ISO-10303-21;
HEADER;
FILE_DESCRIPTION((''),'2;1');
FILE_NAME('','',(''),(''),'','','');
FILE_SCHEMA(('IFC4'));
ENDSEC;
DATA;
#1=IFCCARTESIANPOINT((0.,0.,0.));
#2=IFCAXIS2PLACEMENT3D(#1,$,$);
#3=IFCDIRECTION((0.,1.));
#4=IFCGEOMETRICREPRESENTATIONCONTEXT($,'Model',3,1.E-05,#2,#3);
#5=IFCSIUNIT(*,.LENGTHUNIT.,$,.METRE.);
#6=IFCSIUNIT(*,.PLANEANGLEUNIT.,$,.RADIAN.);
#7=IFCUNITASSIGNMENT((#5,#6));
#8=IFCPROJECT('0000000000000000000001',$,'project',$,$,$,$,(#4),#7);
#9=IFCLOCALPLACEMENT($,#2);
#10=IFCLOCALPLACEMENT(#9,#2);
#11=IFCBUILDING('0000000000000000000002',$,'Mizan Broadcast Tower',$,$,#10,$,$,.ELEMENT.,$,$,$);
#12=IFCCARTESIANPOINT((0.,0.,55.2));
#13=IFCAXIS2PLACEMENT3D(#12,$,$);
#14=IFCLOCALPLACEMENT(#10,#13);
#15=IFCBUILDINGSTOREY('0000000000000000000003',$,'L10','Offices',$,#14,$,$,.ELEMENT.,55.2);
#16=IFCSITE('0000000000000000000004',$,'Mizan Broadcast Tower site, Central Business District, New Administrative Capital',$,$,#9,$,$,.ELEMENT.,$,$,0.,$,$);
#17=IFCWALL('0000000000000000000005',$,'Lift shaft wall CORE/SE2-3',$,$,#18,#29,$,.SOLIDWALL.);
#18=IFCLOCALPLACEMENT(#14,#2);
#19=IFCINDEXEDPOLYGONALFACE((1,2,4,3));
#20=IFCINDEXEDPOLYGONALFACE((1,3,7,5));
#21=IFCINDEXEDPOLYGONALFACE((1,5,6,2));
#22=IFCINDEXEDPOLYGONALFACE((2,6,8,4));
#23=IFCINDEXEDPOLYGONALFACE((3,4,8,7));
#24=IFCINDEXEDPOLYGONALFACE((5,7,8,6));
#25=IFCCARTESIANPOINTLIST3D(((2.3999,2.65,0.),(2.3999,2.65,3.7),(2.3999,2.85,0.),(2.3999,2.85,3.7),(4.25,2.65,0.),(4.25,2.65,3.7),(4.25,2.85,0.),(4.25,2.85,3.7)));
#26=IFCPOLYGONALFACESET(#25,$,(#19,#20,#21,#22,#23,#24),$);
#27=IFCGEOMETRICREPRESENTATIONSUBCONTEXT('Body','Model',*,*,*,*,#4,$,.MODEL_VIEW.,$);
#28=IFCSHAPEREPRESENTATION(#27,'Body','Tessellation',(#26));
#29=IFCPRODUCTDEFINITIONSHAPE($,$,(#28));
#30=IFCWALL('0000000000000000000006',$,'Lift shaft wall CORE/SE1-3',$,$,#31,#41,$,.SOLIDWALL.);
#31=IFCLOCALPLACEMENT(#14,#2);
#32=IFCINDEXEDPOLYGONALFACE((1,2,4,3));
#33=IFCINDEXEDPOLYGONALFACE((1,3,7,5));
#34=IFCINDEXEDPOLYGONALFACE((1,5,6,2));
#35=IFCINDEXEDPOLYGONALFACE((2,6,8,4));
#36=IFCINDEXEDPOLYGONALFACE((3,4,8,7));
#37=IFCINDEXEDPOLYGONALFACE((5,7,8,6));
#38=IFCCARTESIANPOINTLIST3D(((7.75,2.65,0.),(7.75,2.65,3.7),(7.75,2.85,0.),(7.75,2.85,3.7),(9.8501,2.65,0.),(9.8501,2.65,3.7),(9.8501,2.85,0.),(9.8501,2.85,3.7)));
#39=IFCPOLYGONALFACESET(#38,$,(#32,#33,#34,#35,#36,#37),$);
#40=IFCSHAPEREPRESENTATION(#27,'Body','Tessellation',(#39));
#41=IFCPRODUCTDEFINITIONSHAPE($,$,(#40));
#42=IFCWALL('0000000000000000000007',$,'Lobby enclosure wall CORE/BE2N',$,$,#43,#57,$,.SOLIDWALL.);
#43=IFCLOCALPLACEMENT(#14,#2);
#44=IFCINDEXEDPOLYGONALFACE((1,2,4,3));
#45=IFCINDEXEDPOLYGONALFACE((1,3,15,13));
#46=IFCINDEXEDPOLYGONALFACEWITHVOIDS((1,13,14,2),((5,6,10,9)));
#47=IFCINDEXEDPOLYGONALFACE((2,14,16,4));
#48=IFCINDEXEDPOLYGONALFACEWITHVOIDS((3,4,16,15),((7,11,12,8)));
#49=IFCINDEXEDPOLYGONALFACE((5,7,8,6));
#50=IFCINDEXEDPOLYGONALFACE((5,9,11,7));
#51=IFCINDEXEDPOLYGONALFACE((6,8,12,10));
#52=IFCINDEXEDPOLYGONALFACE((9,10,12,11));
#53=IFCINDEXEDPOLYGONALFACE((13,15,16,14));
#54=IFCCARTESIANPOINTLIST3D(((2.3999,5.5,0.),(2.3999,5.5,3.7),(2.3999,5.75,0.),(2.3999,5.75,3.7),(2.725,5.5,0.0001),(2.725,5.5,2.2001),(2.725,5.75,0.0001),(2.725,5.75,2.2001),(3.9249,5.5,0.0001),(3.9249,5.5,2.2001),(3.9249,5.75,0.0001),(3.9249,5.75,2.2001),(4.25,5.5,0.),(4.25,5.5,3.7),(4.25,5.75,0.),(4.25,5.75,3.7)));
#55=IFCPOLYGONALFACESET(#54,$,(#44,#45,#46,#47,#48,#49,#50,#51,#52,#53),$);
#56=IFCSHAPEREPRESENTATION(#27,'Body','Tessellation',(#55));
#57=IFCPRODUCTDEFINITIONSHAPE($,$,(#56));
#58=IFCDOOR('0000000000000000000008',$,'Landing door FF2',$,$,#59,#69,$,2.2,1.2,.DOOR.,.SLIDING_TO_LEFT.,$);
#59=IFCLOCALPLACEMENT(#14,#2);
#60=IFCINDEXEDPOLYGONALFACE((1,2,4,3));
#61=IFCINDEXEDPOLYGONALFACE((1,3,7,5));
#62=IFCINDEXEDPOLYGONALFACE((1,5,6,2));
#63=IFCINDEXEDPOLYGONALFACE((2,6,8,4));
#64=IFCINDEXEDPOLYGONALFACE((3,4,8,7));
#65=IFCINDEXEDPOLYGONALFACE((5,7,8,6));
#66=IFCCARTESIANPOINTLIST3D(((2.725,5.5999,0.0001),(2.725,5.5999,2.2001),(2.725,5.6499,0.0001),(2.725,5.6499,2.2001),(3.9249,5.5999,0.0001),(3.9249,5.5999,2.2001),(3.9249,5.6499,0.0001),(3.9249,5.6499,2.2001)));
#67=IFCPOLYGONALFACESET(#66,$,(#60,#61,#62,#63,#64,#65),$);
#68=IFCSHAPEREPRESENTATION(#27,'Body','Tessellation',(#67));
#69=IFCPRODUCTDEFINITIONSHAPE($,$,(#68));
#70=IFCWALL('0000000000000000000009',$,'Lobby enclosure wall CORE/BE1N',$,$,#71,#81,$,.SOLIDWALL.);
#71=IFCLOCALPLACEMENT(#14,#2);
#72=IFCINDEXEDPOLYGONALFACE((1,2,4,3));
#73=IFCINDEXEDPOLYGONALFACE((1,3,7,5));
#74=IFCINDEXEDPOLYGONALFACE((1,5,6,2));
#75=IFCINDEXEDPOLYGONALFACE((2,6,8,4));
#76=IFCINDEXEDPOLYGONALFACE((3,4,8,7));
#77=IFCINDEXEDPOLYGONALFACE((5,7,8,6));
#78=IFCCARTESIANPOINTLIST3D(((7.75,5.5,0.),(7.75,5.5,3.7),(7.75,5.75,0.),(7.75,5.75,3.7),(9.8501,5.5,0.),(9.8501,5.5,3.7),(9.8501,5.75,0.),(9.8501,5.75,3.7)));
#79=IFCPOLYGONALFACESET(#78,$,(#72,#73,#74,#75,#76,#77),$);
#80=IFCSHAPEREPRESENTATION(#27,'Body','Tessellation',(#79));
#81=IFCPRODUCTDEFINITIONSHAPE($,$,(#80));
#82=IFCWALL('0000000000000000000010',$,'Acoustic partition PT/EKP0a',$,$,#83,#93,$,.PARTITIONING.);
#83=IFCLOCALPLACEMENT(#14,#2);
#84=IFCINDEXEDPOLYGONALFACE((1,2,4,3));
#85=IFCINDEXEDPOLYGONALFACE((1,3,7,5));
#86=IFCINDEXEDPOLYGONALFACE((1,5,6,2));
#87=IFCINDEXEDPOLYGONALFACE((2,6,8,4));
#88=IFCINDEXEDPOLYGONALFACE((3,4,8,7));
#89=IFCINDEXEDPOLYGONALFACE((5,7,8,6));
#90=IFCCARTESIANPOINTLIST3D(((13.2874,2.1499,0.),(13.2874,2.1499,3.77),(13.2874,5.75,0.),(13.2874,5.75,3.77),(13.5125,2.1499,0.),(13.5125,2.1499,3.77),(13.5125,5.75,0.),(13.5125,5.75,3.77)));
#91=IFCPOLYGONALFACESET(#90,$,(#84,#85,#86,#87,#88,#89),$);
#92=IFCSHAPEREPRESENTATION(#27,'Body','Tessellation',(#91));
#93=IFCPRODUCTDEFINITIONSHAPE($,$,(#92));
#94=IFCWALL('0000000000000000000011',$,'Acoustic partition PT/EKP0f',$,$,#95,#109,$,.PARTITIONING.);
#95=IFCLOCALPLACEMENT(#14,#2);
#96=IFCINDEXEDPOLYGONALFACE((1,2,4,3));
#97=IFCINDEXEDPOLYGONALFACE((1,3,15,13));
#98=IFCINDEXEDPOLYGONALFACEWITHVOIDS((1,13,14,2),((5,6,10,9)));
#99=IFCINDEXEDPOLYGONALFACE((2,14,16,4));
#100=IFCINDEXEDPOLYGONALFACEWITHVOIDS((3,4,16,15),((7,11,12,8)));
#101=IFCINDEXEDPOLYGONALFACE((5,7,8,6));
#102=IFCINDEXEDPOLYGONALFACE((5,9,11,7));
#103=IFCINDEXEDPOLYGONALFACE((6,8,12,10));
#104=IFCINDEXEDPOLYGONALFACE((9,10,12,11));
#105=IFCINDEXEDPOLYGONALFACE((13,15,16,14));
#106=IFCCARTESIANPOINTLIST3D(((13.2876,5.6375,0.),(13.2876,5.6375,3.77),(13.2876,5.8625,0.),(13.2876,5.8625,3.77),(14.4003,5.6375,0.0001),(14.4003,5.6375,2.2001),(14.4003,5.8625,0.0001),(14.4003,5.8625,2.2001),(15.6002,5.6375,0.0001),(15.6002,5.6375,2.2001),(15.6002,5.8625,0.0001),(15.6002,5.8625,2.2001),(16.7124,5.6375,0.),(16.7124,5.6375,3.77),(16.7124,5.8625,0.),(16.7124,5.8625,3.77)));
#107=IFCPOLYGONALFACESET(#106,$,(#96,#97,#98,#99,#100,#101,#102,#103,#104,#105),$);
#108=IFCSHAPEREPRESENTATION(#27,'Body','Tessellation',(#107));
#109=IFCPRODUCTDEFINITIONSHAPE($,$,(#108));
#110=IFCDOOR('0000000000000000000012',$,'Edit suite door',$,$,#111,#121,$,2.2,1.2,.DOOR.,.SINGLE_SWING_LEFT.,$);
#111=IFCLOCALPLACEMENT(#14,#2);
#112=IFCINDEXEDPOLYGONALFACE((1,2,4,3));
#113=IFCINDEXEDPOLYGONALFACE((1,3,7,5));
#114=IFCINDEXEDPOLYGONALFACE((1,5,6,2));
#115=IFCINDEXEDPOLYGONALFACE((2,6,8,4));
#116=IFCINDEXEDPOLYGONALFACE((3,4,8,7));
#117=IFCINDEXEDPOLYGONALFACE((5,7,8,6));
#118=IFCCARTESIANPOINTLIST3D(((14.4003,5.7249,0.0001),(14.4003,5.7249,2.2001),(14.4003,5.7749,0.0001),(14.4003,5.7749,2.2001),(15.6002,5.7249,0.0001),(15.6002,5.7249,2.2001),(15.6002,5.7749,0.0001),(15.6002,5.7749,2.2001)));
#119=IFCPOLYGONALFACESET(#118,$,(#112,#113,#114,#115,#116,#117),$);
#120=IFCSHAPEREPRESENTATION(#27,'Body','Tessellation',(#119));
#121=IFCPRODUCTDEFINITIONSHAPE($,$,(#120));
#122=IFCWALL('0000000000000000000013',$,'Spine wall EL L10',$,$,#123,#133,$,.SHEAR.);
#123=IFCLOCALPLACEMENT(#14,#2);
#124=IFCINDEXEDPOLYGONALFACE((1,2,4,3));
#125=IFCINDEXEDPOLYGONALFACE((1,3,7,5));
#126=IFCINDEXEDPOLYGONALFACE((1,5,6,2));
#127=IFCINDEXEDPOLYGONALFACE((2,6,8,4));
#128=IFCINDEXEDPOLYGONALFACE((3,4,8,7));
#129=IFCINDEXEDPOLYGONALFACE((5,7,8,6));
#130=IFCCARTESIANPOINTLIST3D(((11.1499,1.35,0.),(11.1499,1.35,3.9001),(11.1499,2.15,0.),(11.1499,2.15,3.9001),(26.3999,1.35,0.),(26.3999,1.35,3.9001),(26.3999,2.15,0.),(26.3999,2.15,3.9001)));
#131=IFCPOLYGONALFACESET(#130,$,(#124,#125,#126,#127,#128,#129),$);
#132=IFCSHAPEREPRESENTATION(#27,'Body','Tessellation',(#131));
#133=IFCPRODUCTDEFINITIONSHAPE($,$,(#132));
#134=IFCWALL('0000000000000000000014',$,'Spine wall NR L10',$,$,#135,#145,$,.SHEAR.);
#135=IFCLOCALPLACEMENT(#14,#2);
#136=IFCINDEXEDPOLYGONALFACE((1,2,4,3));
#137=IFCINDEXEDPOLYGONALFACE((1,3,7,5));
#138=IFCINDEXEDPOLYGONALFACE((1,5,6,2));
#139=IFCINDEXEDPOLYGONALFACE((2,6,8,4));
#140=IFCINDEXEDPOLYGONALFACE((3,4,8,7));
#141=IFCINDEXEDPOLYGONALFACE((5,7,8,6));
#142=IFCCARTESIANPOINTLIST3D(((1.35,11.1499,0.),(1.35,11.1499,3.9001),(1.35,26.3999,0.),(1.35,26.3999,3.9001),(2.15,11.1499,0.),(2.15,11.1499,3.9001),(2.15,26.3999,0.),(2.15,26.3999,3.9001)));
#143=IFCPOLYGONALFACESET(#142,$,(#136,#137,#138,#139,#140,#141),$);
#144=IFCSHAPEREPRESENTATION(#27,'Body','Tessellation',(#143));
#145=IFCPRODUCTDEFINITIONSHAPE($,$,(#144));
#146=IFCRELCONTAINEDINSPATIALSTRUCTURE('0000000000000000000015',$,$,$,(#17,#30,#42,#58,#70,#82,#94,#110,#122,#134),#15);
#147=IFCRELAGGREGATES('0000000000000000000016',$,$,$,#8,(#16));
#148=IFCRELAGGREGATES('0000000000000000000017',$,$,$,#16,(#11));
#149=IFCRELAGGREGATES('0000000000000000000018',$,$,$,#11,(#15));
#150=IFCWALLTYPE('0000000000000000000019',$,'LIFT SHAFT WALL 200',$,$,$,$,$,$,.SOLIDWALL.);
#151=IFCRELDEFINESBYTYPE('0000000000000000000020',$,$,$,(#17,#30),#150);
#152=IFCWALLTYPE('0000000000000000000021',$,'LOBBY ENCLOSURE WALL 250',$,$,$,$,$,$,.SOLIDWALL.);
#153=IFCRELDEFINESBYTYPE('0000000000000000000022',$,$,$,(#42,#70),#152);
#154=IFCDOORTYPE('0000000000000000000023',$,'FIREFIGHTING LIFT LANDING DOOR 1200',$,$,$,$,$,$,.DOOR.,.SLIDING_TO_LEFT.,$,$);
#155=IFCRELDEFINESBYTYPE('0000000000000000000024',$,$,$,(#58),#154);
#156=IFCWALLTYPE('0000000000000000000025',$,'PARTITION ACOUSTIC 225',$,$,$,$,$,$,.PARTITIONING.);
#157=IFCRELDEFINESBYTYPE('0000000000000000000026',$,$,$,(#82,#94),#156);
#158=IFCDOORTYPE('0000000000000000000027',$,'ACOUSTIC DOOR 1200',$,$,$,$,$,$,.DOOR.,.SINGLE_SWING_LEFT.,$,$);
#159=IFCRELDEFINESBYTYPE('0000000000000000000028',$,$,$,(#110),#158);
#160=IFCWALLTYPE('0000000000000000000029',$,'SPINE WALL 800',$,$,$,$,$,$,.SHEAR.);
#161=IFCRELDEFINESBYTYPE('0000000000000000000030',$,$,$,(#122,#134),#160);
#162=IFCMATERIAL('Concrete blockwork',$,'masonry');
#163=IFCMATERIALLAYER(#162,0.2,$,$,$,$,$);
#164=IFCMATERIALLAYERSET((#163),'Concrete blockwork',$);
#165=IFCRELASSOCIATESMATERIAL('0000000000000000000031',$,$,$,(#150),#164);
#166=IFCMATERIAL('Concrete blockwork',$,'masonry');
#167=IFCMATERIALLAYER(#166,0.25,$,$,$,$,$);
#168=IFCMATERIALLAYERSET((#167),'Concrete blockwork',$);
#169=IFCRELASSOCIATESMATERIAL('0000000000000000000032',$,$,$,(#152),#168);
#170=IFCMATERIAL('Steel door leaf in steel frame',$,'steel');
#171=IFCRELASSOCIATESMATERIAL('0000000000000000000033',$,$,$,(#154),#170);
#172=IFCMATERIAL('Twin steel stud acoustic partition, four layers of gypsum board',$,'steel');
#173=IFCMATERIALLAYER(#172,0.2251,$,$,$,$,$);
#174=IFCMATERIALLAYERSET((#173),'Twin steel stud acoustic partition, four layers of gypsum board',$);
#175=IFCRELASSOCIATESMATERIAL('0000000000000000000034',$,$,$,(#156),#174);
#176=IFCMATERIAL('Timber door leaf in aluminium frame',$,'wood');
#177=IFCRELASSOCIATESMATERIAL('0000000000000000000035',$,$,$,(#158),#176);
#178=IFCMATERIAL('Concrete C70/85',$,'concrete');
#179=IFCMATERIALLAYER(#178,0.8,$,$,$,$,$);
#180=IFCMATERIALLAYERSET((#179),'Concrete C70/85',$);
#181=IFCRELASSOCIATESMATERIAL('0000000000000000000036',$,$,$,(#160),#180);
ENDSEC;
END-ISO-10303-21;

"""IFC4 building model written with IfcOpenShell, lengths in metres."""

from ifc_helpers import new_model, si_unit, direction, frame, frame_2d, origin, place, context, subcontext, project, spatial, rectangle, extrude, material, layer, layer_set, type_object, element, fill, save


model = new_model("IFC4")

# Units and contexts
model_context = context("Model", 3, precision=1e-05, world=origin(), true_north=direction((0.0, 1.0)))
body_context = subcontext(model_context, "Body", "Model", "MODEL_VIEW")
ifc_project = project(units=[si_unit("LENGTHUNIT", "METRE"), si_unit("PLANEANGLEUNIT", "RADIAN")], contexts=[model_context])

# Site, building, storey
site_placement = place(None, origin())
site = spatial("IfcSite", under=ifc_project, at=site_placement, Name="Mizan Broadcast Tower site, Central Business District, New Administrative Capital", CompositionType="ELEMENT", RefElevation=0.0)
building_placement = place(site_placement, origin())
building = spatial("IfcBuilding", under=site, at=building_placement, Name="Mizan Broadcast Tower", CompositionType="ELEMENT")
storey_placement = place(building_placement, frame((0.0, 0.0, 55.2)))
storey = spatial("IfcBuildingStorey", under=building, at=storey_placement, Name="L10", Description="Offices", CompositionType="ELEMENT", Elevation=55.2)

# Walls
ifc_material_1 = material(Name="Concrete blockwork", Category="masonry")
ifc_layer_1 = layer(ifc_material_1, 0.2)
ifc_layer_set_1 = layer_set([ifc_layer_1], Name="Concrete blockwork")
wall_type_1 = type_object("IfcWallType", Name="LIFT SHAFT WALL 200", PredefinedType="SOLIDWALL", material=ifc_layer_set_1)
wall_1_placement = place(storey_placement, frame((2.3999, 2.75, 0.0), z_axis=(0.0, 0.0, 1.0), x_axis=(1.0, 0.0, 0.0)))
element("IfcWall", 1, at=wall_1_placement, inside=storey, type_object=wall_type_1, Name="Lift shaft wall CORE/SE2-3", PredefinedType="SOLIDWALL", context=body_context, shape_type="SweptSolid", body=[
    extrude(rectangle(XDim=1.8501, YDim=0.2, at=frame_2d((0.925, 0.0))), origin(), (0.0, 0.0, 1.0), 3.7),
])
wall_2_placement = place(storey_placement, frame((7.75, 2.75, 0.0), z_axis=(0.0, 0.0, 1.0), x_axis=(1.0, 0.0, 0.0)))
element("IfcWall", 2, at=wall_2_placement, inside=storey, type_object=wall_type_1, Name="Lift shaft wall CORE/SE1-3", PredefinedType="SOLIDWALL", context=body_context, shape_type="SweptSolid", body=[
    extrude(rectangle(XDim=2.1001, YDim=0.2, at=frame_2d((1.05, 0.0))), origin(), (0.0, 0.0, 1.0), 3.7),
])

# Wall, opening, door
ifc_material_2 = material(Name="Concrete blockwork", Category="masonry")
ifc_layer_2 = layer(ifc_material_2, 0.25)
ifc_layer_set_2 = layer_set([ifc_layer_2], Name="Concrete blockwork")
wall_type_2 = type_object("IfcWallType", Name="LOBBY ENCLOSURE WALL 250", PredefinedType="SOLIDWALL", material=ifc_layer_set_2)
wall_3_placement = place(storey_placement, frame((2.3999, 5.625, 0.0), z_axis=(0.0, 0.0, 1.0), x_axis=(1.0, 0.0, 0.0)))
wall_3 = element("IfcWall", 3, at=wall_3_placement, inside=storey, type_object=wall_type_2, Name="Lobby enclosure wall CORE/BE2N", PredefinedType="SOLIDWALL", context=body_context, shape_type="SweptSolid", body=[
    extrude(rectangle(XDim=1.8501, YDim=0.25, at=frame_2d((0.925, 0.0))), origin(), (0.0, 0.0, 1.0), 3.7),
])
opening_1_placement = place(wall_3_placement, frame((0.325, 0.0, 0.0)))
opening_1 = element("IfcOpeningElement", 4, at=opening_1_placement, cuts=wall_3, PredefinedType="OPENING", context=body_context, shape_type="SweptSolid", body=[
    extrude(rectangle(XDim=1.2, YDim=2.2, at=frame_2d((0.6001, 1.1001))), frame((0.0, 0.135, 0.0), z_axis=(0.0, -1.0, 0.0), x_axis=(1.0, 0.0, 0.0)), (0.0, 0.0, 1.0), 0.27),
])
ifc_material_3 = material(Name="Steel door leaf in steel frame", Category="steel")
door_type_1 = type_object("IfcDoorType", Name="FIREFIGHTING LIFT LANDING DOOR 1200", OperationType="SLIDING_TO_LEFT", PredefinedType="DOOR", material=ifc_material_3)
door_1_placement = place(opening_1_placement, origin())
door_1 = element("IfcDoor", 5, at=door_1_placement, inside=storey, type_object=door_type_1, Name="Landing door FF2", OperationType="SLIDING_TO_LEFT", OverallHeight=2.2, OverallWidth=1.2, PredefinedType="DOOR", context=body_context, shape_type="SweptSolid", body=[
    extrude(rectangle(XDim=1.2, YDim=2.2, at=frame_2d((0.6001, 1.1001))), frame((0.0, 0.0249, 0.0), z_axis=(0.0, -1.0, 0.0), x_axis=(1.0, 0.0, 0.0)), (0.0, 0.0, 1.0), 0.05),
])
fill(opening_1, door_1)

# Walls
wall_4_placement = place(storey_placement, frame((7.75, 5.625, 0.0), z_axis=(0.0, 0.0, 1.0), x_axis=(1.0, 0.0, 0.0)))
element("IfcWall", 6, at=wall_4_placement, inside=storey, type_object=wall_type_2, Name="Lobby enclosure wall CORE/BE1N", PredefinedType="SOLIDWALL", context=body_context, shape_type="SweptSolid", body=[
    extrude(rectangle(XDim=2.1001, YDim=0.25, at=frame_2d((1.05, 0.0))), origin(), (0.0, 0.0, 1.0), 3.7),
])
ifc_material_4 = material(Name="Twin steel stud acoustic partition, four layers of gypsum board", Category="steel")
ifc_layer_3 = layer(ifc_material_4, 0.2251)
ifc_layer_set_3 = layer_set([ifc_layer_3], Name="Twin steel stud acoustic partition, four layers of gypsum board")
wall_type_3 = type_object("IfcWallType", Name="PARTITION ACOUSTIC 225", PredefinedType="PARTITIONING", material=ifc_layer_set_3)
wall_5_placement = place(storey_placement, frame((13.3999, 2.1499, 0.0), z_axis=(0.0, 0.0, 1.0), x_axis=(0.0, 1.0, 0.0)))
element("IfcWall", 7, at=wall_5_placement, inside=storey, type_object=wall_type_3, Name="Acoustic partition PT/EKP0a", PredefinedType="PARTITIONING", context=body_context, shape_type="SweptSolid", body=[
    extrude(rectangle(XDim=3.6001, YDim=0.2251, at=frame_2d((1.8, 0.0))), origin(), (0.0, 0.0, 1.0), 3.77),
])

# Wall, opening, door
wall_6_placement = place(storey_placement, frame((13.2876, 5.75, 0.0), z_axis=(0.0, 0.0, 1.0), x_axis=(1.0, 0.0, 0.0)))
wall_6 = element("IfcWall", 8, at=wall_6_placement, inside=storey, type_object=wall_type_3, Name="Acoustic partition PT/EKP0f", PredefinedType="PARTITIONING", context=body_context, shape_type="SweptSolid", body=[
    extrude(rectangle(XDim=3.4248, YDim=0.2251, at=frame_2d((1.7124, 0.0))), origin(), (0.0, 0.0, 1.0), 3.77),
])
opening_2_placement = place(wall_6_placement, frame((1.1125, 0.0, 0.0)))
opening_2 = element("IfcOpeningElement", 9, at=opening_2_placement, cuts=wall_6, PredefinedType="OPENING", context=body_context, shape_type="SweptSolid", body=[
    extrude(rectangle(XDim=1.2, YDim=2.2, at=frame_2d((0.6001, 1.1001))), frame((0.0, 0.1226, 0.0), z_axis=(0.0, -1.0, 0.0), x_axis=(1.0, 0.0, 0.0)), (0.0, 0.0, 1.0), 0.2451),
])
ifc_material_5 = material(Name="Timber door leaf in aluminium frame", Category="wood")
door_type_2 = type_object("IfcDoorType", Name="ACOUSTIC DOOR 1200", OperationType="SINGLE_SWING_LEFT", PredefinedType="DOOR", material=ifc_material_5)
door_2_placement = place(opening_2_placement, origin())
door_2 = element("IfcDoor", 10, at=door_2_placement, inside=storey, type_object=door_type_2, Name="Edit suite door", OperationType="SINGLE_SWING_LEFT", OverallHeight=2.2, OverallWidth=1.2, PredefinedType="DOOR", context=body_context, shape_type="SweptSolid", body=[
    extrude(rectangle(XDim=1.2, YDim=2.2, at=frame_2d((0.6001, 1.1001))), frame((0.0, 0.0249, 0.0), z_axis=(0.0, -1.0, 0.0), x_axis=(1.0, 0.0, 0.0)), (0.0, 0.0, 1.0), 0.05),
])
fill(opening_2, door_2)

# Walls
ifc_material_6 = material(Name="Concrete C70/85", Category="concrete")
ifc_layer_4 = layer(ifc_material_6, 0.8)
ifc_layer_set_4 = layer_set([ifc_layer_4], Name="Concrete C70/85")
wall_type_4 = type_object("IfcWallType", Name="SPINE WALL 800", PredefinedType="SHEAR", material=ifc_layer_set_4)
for number, where, z_axis, x_axis, name in (
    (11, (11.1499, 1.75, 0.0), (0.0, 0.0, 1.0), (1.0, 0.0, 0.0), "Spine wall EL L10"),
    (12, (1.75, 11.1499, 0.0), (0.0, 0.0, 1.0), (0.0, 1.0, 0.0), "Spine wall NR L10"),
):
    element("IfcWall", number, at=place(storey_placement, frame(where, z_axis=z_axis, x_axis=x_axis)), inside=storey, type_object=wall_type_4, Name=name, PredefinedType="SHEAR", context=body_context, shape_type="SweptSolid", body=[
        extrude(rectangle(XDim=15.25, YDim=0.8, at=frame_2d((7.625, 0.0))), origin(), (0.0, 0.0, 1.0), 3.9001),
    ])

save(model, "model.ifc")
